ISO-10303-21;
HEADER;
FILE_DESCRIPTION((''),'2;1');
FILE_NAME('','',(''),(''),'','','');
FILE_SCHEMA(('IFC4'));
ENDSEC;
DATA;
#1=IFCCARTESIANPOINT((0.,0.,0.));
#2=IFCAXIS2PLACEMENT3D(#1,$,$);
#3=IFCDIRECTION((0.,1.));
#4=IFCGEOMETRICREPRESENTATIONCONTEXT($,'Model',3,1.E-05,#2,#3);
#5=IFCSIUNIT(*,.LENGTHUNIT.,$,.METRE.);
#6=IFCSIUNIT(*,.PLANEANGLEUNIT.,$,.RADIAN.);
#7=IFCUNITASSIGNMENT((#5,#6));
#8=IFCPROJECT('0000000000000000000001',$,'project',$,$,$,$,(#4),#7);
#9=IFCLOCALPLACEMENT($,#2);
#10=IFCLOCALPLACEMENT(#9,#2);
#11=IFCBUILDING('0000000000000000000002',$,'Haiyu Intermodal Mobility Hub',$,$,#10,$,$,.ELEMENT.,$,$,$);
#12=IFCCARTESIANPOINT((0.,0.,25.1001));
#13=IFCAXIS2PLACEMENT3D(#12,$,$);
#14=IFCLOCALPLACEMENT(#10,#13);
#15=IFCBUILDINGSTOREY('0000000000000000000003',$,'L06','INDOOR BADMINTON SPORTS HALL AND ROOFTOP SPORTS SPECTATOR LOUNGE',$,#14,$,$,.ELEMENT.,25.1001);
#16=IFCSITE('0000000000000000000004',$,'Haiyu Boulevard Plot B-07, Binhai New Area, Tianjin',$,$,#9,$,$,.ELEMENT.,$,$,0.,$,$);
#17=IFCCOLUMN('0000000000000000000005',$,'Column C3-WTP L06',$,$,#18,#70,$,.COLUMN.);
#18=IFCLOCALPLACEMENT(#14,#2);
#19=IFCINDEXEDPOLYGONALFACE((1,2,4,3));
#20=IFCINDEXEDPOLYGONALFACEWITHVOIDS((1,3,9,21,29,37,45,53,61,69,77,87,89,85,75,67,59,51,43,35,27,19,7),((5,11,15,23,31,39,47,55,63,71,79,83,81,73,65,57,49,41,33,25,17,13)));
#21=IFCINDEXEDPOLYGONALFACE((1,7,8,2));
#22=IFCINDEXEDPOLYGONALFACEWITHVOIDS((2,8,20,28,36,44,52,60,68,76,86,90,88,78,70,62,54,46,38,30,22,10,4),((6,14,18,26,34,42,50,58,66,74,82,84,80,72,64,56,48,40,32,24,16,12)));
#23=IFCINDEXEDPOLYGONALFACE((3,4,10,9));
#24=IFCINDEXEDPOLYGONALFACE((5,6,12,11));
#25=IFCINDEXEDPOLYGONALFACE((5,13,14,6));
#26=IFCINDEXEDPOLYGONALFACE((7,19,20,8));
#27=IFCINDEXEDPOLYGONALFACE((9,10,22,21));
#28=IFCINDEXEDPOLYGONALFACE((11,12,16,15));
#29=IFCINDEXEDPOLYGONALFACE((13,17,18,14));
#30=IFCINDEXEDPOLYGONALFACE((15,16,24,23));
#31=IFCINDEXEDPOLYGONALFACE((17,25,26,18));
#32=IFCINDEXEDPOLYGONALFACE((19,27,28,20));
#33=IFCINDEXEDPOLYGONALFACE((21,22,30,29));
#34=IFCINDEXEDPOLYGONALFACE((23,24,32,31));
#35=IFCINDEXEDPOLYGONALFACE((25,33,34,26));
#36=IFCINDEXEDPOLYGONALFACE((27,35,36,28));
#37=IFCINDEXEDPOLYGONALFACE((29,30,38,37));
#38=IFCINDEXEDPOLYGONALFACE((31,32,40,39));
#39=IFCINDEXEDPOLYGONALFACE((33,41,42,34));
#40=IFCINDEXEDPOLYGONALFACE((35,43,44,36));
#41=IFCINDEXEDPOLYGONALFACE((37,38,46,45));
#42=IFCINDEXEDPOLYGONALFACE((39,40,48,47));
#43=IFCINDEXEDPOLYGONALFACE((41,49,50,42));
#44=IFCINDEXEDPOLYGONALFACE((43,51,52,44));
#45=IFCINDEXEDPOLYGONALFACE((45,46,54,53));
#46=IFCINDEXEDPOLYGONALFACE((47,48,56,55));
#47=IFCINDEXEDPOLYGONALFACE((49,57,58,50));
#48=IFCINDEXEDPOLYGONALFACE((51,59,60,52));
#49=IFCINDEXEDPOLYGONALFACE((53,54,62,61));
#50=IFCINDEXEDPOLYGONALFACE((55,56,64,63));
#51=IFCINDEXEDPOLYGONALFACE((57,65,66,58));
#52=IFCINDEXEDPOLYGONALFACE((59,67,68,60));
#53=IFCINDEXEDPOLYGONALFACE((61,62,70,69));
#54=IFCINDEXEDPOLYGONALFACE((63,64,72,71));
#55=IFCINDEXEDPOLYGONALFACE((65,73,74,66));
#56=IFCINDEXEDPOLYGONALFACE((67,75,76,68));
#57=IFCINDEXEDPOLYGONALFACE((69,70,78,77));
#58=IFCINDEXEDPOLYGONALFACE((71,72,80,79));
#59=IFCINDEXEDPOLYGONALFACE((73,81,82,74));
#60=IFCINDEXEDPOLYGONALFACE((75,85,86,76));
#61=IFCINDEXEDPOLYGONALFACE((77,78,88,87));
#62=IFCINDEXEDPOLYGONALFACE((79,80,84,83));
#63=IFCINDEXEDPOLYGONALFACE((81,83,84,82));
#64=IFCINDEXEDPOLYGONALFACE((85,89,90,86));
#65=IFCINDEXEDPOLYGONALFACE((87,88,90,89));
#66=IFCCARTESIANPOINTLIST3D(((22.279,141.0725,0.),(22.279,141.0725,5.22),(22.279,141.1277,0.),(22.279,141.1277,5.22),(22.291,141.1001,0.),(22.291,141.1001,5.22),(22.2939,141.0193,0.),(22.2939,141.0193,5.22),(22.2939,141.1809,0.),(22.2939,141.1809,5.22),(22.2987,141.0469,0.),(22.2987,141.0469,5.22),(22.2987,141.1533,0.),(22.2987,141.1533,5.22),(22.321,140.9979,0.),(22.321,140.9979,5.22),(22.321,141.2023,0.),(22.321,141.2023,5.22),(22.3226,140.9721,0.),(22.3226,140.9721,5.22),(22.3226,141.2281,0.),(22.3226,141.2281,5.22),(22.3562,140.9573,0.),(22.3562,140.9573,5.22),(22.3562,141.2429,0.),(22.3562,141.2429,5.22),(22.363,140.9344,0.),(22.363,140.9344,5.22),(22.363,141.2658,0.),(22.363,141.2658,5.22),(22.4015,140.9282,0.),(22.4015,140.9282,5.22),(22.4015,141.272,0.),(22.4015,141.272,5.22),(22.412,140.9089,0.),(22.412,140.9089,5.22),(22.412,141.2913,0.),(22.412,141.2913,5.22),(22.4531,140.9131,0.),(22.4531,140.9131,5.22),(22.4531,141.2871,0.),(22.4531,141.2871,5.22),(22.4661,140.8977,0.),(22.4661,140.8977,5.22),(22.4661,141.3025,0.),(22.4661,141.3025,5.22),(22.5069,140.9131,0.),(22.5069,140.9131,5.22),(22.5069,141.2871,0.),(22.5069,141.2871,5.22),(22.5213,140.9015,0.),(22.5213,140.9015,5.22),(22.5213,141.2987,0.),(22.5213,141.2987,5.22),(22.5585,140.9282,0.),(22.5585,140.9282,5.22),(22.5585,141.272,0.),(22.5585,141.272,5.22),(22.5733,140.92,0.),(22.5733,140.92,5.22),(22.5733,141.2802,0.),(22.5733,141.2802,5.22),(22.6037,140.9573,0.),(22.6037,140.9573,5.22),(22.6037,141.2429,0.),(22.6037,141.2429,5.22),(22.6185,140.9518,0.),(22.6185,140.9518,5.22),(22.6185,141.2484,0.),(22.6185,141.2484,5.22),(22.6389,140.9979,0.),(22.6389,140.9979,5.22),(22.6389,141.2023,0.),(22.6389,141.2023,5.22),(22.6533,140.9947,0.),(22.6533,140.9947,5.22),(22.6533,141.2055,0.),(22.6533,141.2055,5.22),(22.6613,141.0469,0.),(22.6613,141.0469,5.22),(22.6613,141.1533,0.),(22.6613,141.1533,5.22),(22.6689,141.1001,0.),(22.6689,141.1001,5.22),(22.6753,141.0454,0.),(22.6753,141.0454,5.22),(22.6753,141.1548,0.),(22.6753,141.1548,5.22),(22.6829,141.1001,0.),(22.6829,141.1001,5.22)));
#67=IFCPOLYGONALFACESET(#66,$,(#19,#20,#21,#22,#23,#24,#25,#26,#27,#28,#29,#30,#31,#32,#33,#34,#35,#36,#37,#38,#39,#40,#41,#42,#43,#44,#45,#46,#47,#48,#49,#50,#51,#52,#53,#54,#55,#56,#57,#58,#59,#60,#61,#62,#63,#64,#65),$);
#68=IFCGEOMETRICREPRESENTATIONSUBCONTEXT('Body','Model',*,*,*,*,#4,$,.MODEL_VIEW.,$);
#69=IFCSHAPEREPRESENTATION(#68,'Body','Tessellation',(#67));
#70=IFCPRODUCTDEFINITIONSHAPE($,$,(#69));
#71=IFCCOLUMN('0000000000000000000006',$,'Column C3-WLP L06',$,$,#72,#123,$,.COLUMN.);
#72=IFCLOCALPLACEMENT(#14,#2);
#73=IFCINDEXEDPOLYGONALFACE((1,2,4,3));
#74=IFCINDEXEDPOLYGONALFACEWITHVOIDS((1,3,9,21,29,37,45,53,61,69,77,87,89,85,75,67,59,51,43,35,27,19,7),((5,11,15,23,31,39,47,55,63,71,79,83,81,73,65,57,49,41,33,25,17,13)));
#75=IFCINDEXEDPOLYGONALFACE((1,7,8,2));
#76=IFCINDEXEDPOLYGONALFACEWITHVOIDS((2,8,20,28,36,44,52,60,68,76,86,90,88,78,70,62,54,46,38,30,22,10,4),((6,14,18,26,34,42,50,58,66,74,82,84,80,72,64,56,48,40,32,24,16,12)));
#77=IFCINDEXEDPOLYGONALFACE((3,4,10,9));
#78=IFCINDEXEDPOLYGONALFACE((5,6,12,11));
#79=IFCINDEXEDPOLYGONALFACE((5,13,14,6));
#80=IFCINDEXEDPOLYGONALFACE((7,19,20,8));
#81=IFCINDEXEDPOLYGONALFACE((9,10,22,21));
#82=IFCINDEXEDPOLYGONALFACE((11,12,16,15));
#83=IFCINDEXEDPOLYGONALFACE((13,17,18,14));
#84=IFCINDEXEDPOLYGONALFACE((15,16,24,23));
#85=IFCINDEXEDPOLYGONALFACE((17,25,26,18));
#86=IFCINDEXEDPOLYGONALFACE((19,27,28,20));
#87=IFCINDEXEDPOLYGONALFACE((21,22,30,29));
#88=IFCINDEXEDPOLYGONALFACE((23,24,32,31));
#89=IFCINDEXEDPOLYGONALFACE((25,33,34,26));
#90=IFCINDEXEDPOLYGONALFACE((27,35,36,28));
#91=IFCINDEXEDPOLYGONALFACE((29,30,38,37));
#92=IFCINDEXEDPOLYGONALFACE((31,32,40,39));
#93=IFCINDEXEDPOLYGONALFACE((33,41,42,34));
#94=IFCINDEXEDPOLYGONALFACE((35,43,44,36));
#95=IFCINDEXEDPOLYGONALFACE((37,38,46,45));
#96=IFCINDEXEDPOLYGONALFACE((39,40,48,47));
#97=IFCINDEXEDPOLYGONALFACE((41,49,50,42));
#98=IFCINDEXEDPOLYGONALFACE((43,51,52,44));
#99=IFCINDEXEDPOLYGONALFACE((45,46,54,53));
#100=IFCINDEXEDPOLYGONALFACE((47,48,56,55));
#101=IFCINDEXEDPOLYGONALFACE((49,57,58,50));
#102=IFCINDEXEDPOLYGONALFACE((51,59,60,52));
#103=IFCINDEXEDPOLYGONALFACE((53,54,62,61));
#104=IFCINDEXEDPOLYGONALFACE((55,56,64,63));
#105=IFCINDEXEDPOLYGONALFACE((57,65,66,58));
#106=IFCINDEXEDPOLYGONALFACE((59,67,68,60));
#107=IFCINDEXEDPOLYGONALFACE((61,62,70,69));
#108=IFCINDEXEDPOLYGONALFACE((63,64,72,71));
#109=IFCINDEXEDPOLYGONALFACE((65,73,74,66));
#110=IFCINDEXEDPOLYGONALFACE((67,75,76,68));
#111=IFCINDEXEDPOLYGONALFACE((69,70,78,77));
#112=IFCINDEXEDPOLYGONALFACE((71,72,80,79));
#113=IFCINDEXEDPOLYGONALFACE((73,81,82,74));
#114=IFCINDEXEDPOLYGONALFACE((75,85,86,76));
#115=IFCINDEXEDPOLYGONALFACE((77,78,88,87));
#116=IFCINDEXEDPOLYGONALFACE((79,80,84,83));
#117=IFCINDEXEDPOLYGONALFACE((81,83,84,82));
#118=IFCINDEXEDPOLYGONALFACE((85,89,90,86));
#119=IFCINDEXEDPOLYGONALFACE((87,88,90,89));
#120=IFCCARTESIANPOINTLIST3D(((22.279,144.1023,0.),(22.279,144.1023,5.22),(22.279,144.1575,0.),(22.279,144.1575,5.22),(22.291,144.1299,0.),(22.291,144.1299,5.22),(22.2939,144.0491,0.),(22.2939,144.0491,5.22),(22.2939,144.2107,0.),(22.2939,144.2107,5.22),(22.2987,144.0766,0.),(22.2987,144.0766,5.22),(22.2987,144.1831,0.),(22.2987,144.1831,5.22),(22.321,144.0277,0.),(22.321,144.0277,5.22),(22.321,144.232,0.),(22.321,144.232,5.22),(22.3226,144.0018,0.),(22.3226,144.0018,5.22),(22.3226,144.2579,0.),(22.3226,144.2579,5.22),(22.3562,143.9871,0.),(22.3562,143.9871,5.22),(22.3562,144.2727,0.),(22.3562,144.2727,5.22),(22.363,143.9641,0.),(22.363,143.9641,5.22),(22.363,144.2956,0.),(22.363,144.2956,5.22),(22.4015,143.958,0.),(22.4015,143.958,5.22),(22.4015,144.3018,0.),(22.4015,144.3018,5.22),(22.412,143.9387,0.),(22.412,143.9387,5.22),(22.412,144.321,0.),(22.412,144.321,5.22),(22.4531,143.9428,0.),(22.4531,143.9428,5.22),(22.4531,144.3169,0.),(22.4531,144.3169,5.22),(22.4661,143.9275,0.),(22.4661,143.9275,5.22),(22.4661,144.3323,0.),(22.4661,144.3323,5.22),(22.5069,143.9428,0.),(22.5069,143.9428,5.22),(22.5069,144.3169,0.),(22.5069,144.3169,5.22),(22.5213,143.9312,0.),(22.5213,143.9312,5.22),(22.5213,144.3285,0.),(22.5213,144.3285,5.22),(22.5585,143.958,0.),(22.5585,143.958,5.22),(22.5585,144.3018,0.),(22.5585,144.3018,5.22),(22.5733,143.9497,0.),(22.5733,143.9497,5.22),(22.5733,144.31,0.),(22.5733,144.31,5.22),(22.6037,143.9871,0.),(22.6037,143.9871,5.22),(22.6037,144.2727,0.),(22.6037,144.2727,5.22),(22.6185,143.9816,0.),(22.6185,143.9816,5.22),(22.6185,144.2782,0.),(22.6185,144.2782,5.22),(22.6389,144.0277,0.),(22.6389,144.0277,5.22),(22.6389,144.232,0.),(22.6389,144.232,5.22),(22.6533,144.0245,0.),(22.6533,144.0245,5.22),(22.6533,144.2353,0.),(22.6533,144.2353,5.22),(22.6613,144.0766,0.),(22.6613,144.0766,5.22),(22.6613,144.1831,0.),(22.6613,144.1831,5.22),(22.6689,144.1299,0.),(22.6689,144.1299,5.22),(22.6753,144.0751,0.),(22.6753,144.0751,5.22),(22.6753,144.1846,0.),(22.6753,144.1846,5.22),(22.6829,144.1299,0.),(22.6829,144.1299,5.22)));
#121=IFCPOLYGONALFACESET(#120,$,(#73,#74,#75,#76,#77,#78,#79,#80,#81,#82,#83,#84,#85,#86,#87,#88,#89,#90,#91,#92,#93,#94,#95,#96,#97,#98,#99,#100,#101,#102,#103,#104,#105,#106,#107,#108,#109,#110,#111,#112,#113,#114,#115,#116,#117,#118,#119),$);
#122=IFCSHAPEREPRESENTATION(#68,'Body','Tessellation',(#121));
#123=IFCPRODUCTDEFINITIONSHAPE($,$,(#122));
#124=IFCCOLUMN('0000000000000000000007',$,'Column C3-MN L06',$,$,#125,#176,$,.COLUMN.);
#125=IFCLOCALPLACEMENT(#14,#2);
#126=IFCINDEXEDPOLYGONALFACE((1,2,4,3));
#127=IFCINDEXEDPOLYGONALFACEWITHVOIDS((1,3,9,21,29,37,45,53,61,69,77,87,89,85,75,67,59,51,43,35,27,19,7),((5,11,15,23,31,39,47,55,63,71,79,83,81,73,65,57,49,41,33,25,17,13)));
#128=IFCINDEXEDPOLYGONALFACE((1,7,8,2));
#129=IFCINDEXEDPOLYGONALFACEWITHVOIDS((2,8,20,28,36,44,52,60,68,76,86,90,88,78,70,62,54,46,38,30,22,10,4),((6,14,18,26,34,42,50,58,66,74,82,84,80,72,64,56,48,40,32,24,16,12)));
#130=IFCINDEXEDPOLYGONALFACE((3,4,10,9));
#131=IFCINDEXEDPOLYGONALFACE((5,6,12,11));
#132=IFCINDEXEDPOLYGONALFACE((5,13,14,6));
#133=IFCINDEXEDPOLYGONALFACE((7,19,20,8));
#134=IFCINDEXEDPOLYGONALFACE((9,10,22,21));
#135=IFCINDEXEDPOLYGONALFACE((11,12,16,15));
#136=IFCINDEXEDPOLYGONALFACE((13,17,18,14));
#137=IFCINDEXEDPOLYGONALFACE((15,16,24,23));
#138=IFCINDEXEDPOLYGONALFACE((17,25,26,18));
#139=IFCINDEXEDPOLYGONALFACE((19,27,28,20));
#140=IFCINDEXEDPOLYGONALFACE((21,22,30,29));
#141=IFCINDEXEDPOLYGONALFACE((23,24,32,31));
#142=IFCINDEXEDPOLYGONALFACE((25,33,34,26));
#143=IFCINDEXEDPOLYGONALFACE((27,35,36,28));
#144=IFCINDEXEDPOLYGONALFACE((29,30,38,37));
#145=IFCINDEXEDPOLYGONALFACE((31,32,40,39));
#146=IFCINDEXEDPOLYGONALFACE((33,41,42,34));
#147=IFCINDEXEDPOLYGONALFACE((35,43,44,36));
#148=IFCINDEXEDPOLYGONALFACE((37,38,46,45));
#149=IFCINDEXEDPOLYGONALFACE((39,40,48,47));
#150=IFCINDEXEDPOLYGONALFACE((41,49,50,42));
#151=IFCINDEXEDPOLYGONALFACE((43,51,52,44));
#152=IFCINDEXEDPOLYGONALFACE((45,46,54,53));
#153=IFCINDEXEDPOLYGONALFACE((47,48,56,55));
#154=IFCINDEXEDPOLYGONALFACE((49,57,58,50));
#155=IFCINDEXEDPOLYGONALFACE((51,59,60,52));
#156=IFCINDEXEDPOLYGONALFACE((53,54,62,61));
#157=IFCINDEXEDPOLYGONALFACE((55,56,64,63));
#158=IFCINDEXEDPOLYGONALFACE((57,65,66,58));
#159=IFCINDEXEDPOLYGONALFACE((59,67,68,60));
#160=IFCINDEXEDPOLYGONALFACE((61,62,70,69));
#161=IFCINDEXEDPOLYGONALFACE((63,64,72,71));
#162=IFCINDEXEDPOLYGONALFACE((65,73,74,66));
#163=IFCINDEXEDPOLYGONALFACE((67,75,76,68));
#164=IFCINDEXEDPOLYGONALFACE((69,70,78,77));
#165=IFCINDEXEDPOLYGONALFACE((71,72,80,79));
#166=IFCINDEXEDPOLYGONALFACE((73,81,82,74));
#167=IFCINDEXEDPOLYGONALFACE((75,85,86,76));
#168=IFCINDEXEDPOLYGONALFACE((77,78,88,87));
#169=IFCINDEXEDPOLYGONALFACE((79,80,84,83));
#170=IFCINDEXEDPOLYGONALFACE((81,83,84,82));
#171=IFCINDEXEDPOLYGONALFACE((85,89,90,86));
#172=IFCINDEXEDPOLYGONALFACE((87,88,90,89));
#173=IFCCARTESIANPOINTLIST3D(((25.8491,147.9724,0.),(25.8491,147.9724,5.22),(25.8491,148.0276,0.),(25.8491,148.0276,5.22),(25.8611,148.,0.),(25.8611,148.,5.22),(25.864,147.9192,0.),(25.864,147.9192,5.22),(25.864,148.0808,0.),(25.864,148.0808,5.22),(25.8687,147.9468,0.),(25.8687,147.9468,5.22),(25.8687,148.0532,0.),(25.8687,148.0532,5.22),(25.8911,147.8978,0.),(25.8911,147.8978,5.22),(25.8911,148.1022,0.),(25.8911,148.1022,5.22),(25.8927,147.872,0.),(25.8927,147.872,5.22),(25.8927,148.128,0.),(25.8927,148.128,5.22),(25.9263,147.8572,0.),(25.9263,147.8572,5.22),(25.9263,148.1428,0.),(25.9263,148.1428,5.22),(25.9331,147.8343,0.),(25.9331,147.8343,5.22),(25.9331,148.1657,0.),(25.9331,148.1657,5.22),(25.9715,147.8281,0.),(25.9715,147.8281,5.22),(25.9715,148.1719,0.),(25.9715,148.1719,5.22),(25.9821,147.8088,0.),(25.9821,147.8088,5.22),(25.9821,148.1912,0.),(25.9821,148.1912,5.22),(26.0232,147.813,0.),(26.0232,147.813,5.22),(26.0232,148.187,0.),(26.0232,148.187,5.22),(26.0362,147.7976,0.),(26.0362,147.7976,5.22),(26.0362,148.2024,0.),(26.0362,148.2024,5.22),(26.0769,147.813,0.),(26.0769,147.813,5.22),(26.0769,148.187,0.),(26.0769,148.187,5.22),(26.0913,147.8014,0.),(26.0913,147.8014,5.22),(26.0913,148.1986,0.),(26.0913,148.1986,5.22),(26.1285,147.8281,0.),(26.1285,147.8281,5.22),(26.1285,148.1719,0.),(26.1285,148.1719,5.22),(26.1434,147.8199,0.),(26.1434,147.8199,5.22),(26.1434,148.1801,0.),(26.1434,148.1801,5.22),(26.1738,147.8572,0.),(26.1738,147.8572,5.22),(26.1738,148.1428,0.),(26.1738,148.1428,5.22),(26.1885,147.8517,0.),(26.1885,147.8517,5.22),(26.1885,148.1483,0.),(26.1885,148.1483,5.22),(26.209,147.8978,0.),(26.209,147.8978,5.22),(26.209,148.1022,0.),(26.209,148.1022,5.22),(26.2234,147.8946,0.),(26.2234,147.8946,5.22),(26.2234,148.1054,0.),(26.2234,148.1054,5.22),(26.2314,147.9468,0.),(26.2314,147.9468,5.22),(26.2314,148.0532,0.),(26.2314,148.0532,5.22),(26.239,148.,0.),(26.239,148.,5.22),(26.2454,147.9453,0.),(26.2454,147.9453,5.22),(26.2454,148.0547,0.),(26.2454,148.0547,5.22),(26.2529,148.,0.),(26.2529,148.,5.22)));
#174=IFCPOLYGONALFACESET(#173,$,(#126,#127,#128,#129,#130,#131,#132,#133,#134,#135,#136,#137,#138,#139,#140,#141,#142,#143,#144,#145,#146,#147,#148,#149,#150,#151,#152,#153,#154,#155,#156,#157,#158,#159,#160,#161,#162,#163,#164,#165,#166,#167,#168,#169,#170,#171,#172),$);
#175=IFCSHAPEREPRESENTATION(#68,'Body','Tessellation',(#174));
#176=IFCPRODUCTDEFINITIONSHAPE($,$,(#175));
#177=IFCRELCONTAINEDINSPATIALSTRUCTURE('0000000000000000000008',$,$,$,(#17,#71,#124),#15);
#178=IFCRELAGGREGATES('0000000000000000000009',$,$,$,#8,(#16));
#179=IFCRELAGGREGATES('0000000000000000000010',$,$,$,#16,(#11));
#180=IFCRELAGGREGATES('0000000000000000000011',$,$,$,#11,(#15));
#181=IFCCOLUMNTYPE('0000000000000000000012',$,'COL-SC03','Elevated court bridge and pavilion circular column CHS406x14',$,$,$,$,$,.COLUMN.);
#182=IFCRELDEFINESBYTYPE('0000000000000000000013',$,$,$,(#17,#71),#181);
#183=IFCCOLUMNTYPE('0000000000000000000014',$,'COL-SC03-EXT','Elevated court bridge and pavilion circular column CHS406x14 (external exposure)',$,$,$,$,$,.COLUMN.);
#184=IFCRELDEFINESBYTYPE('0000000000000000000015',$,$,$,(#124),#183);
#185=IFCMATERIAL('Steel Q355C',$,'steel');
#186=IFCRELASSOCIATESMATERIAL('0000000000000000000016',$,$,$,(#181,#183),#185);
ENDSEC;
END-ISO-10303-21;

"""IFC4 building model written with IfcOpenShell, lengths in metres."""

from ifc_helpers import new_model, si_unit, direction, frame, origin, origin_2d, place, context, subcontext, project, spatial, hollow_circle, extrude, material, material_profile, profile_set, type_object, element, save


model = new_model("IFC4")

# Units and contexts
model_context = context("Model", 3, precision=1e-05, world=origin(), true_north=direction((0.0, 1.0)))
body_context = subcontext(model_context, "Body", "Model", "MODEL_VIEW")
ifc_project = project(units=[si_unit("LENGTHUNIT", "METRE"), si_unit("PLANEANGLEUNIT", "RADIAN")], contexts=[model_context])

# Site, building, storey
site_placement = place(None, origin())
site = spatial("IfcSite", under=ifc_project, at=site_placement, Name="Haiyu Boulevard Plot B-07, Binhai New Area, Tianjin", CompositionType="ELEMENT", RefElevation=0.0)
building_placement = place(site_placement, origin())
building = spatial("IfcBuilding", under=site, at=building_placement, Name="Haiyu Intermodal Mobility Hub", CompositionType="ELEMENT")
storey_placement = place(building_placement, frame((0.0, 0.0, 25.1001)))
storey = spatial("IfcBuildingStorey", under=building, at=storey_placement, Name="L06", Description="INDOOR BADMINTON SPORTS HALL AND ROOFTOP SPORTS SPECTATOR LOUNGE", CompositionType="ELEMENT", Elevation=25.1001)

# Columns
ifc_material_1 = material(Name="Steel Q355C", Category="steel")
ifc_material_profile_1 = material_profile(ifc_material_1, hollow_circle(Radius=0.2029, WallThickness=0.0139, at=origin_2d()), Name="CHS406x14")
ifc_profile_set_1 = profile_set([ifc_material_profile_1], Name="Steel Q355C")
column_type_1 = type_object("IfcColumnType", Name="COL-SC03", Description="Elevated court bridge and pavilion circular column CHS406x14", PredefinedType="COLUMN", material=ifc_profile_set_1)
for number, where, z_axis, x_axis, name in (
    (1, (22.48, 141.1001, 0.0), (0.0, 0.0, 1.0), (1.0, 0.0, 0.0), "Column C3-WTP L06"),
    (2, (22.48, 144.1299, 0.0), (0.0, 0.0, 1.0), (1.0, 0.0, 0.0), "Column C3-WLP L06"),
):
    element("IfcColumn", number, at=place(storey_placement, frame(where, z_axis=z_axis, x_axis=x_axis)), inside=storey, type_object=column_type_1, Name=name, PredefinedType="COLUMN", context=body_context, shape_type="SweptSolid", body=[
        extrude(hollow_circle(Radius=0.2029, WallThickness=0.0139, at=origin_2d()), origin(), (0.0, 0.0, 1.0), 5.22),
    ])
ifc_material_profile_2 = material_profile(ifc_material_1, hollow_circle(Radius=0.2029, WallThickness=0.0139, at=origin_2d()), Name="CHS406x14")
ifc_profile_set_2 = profile_set([ifc_material_profile_2], Name="Steel Q355C")
column_type_2 = type_object("IfcColumnType", Name="COL-SC03-EXT", Description="Elevated court bridge and pavilion circular column CHS406x14 (external exposure)", PredefinedType="COLUMN", material=ifc_profile_set_2)
column_1_placement = place(storey_placement, frame((26.05, 148.0, 0.0), z_axis=(0.0, 0.0, 1.0), x_axis=(1.0, 0.0, 0.0)))
element("IfcColumn", 3, at=column_1_placement, inside=storey, type_object=column_type_2, Name="Column C3-MN L06", PredefinedType="COLUMN", context=body_context, shape_type="SweptSolid", body=[
    extrude(hollow_circle(Radius=0.2029, WallThickness=0.0139, at=origin_2d()), origin(), (0.0, 0.0, 1.0), 5.22),
])

save(model, "model.ifc")
